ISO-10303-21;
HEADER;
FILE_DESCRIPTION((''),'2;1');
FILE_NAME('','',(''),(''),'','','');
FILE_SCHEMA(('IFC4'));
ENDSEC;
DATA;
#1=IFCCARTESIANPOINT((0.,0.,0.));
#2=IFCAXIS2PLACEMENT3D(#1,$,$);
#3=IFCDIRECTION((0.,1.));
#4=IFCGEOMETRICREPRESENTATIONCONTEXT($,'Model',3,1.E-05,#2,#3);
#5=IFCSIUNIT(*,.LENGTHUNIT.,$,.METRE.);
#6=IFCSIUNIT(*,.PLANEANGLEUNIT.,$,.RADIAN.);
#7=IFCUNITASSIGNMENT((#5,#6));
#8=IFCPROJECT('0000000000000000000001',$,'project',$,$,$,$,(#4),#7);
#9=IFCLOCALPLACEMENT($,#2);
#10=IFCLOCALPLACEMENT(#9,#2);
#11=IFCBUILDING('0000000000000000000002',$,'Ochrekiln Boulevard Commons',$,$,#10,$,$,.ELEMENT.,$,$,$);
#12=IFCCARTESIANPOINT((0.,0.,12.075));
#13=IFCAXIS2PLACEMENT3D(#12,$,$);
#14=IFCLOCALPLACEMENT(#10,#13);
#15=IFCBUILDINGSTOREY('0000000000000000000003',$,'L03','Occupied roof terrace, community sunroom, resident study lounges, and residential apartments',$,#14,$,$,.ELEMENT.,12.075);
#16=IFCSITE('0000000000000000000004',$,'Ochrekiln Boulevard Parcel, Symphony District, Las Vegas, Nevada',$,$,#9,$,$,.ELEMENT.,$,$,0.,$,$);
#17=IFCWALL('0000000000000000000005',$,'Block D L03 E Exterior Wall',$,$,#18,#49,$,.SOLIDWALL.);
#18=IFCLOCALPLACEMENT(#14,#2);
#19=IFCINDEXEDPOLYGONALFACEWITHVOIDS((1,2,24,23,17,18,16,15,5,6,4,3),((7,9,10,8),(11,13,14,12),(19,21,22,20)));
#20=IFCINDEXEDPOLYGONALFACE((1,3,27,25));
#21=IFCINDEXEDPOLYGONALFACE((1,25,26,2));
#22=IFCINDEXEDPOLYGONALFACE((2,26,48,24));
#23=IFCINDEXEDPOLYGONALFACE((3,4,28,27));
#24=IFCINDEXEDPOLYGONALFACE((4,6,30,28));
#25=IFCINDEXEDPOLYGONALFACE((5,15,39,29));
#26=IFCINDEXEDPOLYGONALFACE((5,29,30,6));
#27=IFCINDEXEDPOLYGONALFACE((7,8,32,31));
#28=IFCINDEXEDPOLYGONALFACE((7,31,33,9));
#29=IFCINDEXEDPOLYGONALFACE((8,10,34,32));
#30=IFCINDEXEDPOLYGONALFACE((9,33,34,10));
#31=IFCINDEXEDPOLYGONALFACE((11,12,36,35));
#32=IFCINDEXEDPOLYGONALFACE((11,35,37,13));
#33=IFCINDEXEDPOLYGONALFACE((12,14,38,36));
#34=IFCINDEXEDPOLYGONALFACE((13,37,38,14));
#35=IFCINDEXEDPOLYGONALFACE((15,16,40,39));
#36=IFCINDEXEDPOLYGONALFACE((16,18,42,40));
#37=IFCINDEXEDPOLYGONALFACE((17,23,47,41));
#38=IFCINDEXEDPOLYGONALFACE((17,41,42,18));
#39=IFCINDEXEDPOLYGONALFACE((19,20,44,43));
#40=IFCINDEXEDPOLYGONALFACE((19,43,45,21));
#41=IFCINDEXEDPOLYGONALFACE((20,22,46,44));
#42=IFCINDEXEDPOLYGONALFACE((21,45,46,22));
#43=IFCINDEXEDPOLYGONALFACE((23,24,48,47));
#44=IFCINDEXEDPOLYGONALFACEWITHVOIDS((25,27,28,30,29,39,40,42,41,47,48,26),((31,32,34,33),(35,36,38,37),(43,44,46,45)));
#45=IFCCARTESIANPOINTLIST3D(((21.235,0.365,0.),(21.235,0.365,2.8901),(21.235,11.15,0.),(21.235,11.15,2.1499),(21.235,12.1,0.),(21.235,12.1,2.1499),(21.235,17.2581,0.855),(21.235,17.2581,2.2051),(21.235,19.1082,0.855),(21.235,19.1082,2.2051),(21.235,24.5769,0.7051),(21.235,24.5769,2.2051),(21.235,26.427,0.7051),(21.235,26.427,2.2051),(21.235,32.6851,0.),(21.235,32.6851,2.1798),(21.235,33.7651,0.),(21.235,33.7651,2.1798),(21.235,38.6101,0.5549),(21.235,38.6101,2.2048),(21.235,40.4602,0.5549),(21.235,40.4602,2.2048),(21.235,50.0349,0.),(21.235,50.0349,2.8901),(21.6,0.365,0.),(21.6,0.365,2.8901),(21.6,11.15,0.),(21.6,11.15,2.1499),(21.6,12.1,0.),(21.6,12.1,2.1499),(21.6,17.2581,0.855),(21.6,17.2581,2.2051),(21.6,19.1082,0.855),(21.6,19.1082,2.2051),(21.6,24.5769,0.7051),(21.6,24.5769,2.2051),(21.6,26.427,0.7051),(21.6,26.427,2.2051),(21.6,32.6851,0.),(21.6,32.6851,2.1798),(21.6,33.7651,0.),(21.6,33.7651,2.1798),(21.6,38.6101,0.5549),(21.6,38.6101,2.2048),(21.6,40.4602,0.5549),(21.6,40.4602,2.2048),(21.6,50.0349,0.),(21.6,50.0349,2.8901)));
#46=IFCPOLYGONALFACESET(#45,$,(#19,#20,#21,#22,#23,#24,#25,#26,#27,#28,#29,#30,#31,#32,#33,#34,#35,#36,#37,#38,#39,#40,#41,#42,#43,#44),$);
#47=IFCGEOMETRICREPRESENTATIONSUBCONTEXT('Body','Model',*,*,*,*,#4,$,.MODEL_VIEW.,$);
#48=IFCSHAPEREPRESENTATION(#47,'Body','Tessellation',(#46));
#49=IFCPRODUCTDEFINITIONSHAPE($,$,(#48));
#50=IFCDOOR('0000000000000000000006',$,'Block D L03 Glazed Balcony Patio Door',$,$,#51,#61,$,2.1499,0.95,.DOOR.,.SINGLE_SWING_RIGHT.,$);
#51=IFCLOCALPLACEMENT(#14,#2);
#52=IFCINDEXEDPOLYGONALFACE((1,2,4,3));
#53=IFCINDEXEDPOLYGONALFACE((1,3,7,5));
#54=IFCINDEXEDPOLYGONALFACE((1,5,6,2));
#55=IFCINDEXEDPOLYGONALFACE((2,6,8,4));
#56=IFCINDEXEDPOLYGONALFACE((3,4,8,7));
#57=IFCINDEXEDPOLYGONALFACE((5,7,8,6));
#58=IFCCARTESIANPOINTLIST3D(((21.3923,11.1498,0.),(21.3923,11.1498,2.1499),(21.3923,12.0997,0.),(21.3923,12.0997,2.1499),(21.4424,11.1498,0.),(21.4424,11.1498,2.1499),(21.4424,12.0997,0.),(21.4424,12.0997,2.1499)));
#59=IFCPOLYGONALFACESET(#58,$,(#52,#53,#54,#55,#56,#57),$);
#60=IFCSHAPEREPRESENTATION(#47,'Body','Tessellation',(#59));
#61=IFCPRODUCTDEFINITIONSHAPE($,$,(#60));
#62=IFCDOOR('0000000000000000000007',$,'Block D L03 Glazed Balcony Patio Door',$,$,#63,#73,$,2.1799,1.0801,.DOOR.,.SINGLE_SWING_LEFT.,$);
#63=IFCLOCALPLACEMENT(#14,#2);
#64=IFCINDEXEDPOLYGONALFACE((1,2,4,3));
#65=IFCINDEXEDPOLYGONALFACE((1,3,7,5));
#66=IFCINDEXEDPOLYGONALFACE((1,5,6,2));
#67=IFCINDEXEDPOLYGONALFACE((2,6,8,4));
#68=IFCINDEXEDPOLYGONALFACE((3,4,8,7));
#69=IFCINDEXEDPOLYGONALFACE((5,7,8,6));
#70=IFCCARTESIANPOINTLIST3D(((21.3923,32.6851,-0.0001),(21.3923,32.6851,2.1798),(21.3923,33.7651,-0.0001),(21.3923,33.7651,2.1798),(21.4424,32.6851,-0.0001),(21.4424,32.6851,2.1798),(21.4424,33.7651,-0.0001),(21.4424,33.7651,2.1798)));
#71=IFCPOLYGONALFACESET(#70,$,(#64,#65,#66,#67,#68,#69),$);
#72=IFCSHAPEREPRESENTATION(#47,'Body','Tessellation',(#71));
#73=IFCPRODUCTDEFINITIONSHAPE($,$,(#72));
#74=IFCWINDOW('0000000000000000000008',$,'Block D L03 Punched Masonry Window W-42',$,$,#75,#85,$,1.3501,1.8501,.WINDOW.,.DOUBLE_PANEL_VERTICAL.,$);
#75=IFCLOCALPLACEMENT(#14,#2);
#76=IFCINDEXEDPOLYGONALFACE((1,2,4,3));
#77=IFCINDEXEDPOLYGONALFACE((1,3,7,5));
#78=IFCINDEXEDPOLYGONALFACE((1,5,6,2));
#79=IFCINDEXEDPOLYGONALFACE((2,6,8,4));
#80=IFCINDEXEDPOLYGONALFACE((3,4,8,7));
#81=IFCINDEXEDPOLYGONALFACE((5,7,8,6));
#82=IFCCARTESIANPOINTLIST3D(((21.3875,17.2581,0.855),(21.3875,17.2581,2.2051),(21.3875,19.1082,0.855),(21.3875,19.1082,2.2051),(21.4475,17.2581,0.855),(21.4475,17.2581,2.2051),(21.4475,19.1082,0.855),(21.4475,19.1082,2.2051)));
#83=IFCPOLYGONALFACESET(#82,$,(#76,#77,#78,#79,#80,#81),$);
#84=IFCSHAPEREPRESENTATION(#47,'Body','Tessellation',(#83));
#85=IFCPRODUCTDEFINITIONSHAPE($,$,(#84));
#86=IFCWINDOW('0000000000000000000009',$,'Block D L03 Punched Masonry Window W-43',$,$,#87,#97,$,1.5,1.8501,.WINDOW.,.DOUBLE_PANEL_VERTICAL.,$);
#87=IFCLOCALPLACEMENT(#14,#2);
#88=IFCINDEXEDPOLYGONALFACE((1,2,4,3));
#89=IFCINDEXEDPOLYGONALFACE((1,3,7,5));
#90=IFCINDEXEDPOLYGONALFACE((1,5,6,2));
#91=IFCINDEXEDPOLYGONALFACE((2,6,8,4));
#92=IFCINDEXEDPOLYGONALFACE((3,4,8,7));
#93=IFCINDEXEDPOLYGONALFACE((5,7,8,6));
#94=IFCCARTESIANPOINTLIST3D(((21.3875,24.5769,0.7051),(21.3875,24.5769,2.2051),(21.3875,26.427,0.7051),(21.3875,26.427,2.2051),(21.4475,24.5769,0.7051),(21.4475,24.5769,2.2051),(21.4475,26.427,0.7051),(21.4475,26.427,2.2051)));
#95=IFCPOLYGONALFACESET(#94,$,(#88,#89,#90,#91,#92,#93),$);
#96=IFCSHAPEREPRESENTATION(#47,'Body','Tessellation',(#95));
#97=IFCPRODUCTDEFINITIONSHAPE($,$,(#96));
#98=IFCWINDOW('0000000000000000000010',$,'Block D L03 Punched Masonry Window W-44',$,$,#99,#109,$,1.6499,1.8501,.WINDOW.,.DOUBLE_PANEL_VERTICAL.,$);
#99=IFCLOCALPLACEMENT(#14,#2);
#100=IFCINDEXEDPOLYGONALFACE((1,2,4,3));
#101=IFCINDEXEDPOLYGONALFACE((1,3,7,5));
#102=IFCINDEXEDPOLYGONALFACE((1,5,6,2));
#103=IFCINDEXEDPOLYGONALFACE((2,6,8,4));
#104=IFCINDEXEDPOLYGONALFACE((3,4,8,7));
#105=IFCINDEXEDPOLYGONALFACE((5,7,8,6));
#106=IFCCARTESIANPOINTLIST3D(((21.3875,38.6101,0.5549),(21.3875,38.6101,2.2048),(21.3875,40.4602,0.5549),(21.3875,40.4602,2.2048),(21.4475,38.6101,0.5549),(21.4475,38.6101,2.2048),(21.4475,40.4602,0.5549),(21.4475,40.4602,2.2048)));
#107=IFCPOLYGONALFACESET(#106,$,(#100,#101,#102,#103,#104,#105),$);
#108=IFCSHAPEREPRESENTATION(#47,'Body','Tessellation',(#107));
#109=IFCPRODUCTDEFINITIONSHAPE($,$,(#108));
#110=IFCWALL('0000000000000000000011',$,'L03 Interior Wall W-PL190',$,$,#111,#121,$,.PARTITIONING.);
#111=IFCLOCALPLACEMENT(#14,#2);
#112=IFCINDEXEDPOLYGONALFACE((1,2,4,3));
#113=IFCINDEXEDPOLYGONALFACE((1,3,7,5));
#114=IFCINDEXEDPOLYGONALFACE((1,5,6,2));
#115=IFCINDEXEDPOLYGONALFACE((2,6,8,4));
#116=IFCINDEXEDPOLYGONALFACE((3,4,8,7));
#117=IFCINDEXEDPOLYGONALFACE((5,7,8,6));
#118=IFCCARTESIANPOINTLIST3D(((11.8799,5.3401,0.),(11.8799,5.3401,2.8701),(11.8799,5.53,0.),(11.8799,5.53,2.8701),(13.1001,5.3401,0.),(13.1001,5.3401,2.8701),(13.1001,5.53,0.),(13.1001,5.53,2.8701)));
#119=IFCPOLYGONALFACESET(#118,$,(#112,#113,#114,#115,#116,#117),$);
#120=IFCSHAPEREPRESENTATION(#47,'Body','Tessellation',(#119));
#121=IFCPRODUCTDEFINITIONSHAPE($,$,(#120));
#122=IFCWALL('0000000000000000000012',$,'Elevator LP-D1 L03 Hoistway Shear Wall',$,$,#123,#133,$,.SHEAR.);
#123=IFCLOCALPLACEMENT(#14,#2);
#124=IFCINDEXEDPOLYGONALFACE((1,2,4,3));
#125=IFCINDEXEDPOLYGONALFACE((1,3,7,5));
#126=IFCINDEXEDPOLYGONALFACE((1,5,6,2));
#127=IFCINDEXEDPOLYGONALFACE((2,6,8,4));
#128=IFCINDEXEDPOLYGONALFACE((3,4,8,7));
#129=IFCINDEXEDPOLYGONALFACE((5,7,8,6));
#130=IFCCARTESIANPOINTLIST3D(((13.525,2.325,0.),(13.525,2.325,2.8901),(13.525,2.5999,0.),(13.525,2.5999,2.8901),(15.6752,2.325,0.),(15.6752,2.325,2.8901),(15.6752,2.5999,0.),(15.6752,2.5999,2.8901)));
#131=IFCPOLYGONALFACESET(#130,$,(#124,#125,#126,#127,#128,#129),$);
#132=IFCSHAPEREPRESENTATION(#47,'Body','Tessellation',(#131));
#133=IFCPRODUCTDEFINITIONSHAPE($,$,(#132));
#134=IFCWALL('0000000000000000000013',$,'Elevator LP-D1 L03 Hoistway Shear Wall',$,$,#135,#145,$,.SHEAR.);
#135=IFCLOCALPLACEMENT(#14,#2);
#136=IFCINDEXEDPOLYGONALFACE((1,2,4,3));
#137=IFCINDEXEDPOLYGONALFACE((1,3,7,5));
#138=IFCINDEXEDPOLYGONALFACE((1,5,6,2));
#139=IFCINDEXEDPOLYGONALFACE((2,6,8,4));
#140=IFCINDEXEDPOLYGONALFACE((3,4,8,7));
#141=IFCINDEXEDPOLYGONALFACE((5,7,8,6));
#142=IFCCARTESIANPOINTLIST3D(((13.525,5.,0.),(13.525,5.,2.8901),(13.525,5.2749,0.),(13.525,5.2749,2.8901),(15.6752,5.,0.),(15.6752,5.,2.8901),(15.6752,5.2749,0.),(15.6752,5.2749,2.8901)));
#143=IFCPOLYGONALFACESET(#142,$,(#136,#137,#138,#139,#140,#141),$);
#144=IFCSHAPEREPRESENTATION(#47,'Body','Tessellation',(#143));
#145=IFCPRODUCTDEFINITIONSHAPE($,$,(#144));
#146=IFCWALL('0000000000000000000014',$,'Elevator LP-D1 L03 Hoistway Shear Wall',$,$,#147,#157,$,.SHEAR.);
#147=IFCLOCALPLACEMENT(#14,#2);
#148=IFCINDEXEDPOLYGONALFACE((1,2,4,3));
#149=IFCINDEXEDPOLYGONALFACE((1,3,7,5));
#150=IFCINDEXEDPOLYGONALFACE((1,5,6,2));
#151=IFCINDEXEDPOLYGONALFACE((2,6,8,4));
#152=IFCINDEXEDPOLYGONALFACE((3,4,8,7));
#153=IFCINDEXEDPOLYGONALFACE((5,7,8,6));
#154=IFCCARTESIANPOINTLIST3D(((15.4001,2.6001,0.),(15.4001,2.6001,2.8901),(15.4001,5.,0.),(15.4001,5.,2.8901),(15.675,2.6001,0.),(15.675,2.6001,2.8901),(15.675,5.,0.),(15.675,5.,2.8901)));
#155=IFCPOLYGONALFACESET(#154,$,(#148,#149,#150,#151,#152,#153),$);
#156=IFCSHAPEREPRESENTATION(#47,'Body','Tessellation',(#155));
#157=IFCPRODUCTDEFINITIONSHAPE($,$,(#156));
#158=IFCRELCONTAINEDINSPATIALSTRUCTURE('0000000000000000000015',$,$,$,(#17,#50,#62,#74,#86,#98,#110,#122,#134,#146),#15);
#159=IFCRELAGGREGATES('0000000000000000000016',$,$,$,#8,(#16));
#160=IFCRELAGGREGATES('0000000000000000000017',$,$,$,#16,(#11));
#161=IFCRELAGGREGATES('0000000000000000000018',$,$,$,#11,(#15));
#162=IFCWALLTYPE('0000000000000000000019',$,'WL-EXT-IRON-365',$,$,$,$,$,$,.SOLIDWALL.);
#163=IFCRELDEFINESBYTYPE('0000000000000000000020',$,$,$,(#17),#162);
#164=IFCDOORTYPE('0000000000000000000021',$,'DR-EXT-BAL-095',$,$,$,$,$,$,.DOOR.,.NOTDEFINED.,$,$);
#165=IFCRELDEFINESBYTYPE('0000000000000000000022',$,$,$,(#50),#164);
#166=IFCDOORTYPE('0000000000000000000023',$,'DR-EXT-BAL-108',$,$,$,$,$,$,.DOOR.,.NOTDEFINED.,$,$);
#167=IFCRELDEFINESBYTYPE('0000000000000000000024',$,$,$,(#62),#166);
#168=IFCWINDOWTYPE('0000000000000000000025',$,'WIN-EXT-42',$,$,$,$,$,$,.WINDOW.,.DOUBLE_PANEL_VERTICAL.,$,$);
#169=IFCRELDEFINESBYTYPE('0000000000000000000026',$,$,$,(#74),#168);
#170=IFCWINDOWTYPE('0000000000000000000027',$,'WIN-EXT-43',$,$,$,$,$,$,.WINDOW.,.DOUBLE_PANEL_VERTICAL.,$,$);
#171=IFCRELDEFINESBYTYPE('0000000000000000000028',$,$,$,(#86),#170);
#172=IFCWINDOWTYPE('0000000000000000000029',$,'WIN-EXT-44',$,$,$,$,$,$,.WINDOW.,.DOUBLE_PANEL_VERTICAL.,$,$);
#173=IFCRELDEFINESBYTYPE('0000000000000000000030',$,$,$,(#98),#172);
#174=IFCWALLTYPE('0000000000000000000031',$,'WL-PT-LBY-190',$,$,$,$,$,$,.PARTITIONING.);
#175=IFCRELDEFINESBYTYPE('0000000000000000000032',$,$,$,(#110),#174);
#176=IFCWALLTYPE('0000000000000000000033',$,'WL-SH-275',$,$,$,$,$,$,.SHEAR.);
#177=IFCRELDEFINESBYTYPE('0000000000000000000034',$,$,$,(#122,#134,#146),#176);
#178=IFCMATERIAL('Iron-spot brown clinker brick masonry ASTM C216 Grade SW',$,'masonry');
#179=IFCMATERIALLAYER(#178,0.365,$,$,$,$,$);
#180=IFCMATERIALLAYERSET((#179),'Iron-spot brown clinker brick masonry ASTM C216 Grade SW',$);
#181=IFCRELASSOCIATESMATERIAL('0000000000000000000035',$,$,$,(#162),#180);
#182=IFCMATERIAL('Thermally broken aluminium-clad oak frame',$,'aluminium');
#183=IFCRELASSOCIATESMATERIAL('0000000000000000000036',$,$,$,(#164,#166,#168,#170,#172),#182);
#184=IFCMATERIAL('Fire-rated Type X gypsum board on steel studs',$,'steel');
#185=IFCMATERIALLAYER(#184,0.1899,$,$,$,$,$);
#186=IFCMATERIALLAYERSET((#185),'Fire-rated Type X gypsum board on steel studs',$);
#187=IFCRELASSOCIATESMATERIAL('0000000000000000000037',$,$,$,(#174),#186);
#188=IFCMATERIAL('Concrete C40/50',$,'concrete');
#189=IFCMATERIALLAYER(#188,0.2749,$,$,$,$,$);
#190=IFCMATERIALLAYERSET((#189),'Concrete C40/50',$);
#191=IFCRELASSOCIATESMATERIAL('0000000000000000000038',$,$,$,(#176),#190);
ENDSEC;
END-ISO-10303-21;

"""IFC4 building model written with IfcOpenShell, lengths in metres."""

from ifc_helpers import new_model, si_unit, direction, frame, frame_2d, origin, place, context, subcontext, project, spatial, rectangle, extrude, material, layer, layer_set, type_object, element, fill, save


model = new_model("IFC4")

# Units and contexts
model_context = context("Model", 3, precision=1e-05, world=origin(), true_north=direction((0.0, 1.0)))
body_context = subcontext(model_context, "Body", "Model", "MODEL_VIEW")
ifc_project = project(units=[si_unit("LENGTHUNIT", "METRE"), si_unit("PLANEANGLEUNIT", "RADIAN")], contexts=[model_context])

# Site, building, storey
site_placement = place(None, origin())
site = spatial("IfcSite", under=ifc_project, at=site_placement, Name="Ochrekiln Boulevard Parcel, Symphony District, Las Vegas, Nevada", CompositionType="ELEMENT", RefElevation=0.0)
building_placement = place(site_placement, origin())
building = spatial("IfcBuilding", under=site, at=building_placement, Name="Ochrekiln Boulevard Commons", CompositionType="ELEMENT")
storey_placement = place(building_placement, frame((0.0, 0.0, 12.075)))
storey = spatial("IfcBuildingStorey", under=building, at=storey_placement, Name="L03", Description="Occupied roof terrace, community sunroom, resident study lounges, and residential apartments", CompositionType="ELEMENT", Elevation=12.075)

# Shared definitions
ifc_material_1 = material(Name="Concrete C40/50", Category="concrete")

# Wall, openings, doors, windows
ifc_material_2 = material(Name="Iron-spot brown clinker brick masonry ASTM C216 Grade SW", Category="masonry")
ifc_layer_1 = layer(ifc_material_2, 0.365)
ifc_layer_set_1 = layer_set([ifc_layer_1], Name="Iron-spot brown clinker brick masonry ASTM C216 Grade SW")
wall_type_1 = type_object("IfcWallType", Name="WL-EXT-IRON-365", PredefinedType="SOLIDWALL", material=ifc_layer_set_1)
wall_1_placement = place(storey_placement, frame((21.4175, 0.365, 0.0), z_axis=(0.0, 0.0, 1.0), x_axis=(0.0, 1.0, 0.0)))
wall_1 = element("IfcWall", 1, at=wall_1_placement, inside=storey, type_object=wall_type_1, Name="Block D L03 E Exterior Wall", PredefinedType="SOLIDWALL", context=body_context, shape_type="SweptSolid", body=[
    extrude(rectangle(XDim=49.6699, YDim=0.365, at=frame_2d((24.835, 0.0))), origin(), (0.0, 0.0, 1.0), 2.8901),
])
opening_1_placement = place(wall_1_placement, frame((10.7849, 0.0, 0.0)))
opening_1 = element("IfcOpeningElement", 2, at=opening_1_placement, cuts=wall_1, PredefinedType="OPENING", context=body_context, shape_type="SweptSolid", body=[
    extrude(rectangle(XDim=0.95, YDim=2.1499, at=frame_2d((0.4751, 1.075))), frame((0.0, 0.1924, 0.0), z_axis=(0.0, -1.0, 0.0), x_axis=(1.0, 0.0, 0.0)), (0.0, 0.0, 1.0), 0.385),
])
opening_2_placement = place(wall_1_placement, frame((16.8931, 0.0, 0.855)))
opening_2 = element("IfcOpeningElement", 3, at=opening_2_placement, cuts=wall_1, PredefinedType="OPENING", context=body_context, shape_type="SweptSolid", body=[
    extrude(rectangle(XDim=1.8501, YDim=1.3501, at=frame_2d((0.925, 0.675))), frame((0.0, 0.1924, 0.0), z_axis=(0.0, -1.0, 0.0), x_axis=(1.0, 0.0, 0.0)), (0.0, 0.0, 1.0), 0.385),
])
opening_3_placement = place(wall_1_placement, frame((32.3201, 0.0, 0.0)))
opening_3 = element("IfcOpeningElement", 4, at=opening_3_placement, cuts=wall_1, PredefinedType="OPENING", context=body_context, shape_type="SweptSolid", body=[
    extrude(rectangle(XDim=1.0801, YDim=2.1799, at=frame_2d((0.54, 1.0898))), frame((0.0, 0.1924, 0.0), z_axis=(0.0, -1.0, 0.0), x_axis=(1.0, 0.0, 0.0)), (0.0, 0.0, 1.0), 0.385),
])
opening_4_placement = place(wall_1_placement, frame((24.2119, 0.0, 0.7051)))
opening_4 = element("IfcOpeningElement", 5, at=opening_4_placement, cuts=wall_1, PredefinedType="OPENING", context=body_context, shape_type="SweptSolid", body=[
    extrude(rectangle(XDim=1.8501, YDim=1.5, at=frame_2d((0.925, 0.75))), frame((0.0, 0.1924, 0.0), z_axis=(0.0, -1.0, 0.0), x_axis=(1.0, 0.0, 0.0)), (0.0, 0.0, 1.0), 0.385),
])
opening_5_placement = place(wall_1_placement, frame((38.2451, 0.0, 0.5549)))
opening_5 = element("IfcOpeningElement", 6, at=opening_5_placement, cuts=wall_1, PredefinedType="OPENING", context=body_context, shape_type="SweptSolid", body=[
    extrude(rectangle(XDim=1.8501, YDim=1.6499, at=frame_2d((0.925, 0.825))), frame((0.0, 0.1924, 0.0), z_axis=(0.0, -1.0, 0.0), x_axis=(1.0, 0.0, 0.0)), (0.0, 0.0, 1.0), 0.385),
])
ifc_material_3 = material(Name="Thermally broken aluminium-clad oak frame", Category="aluminium")
door_type_1 = type_object("IfcDoorType", Name="DR-EXT-BAL-095", OperationType="NOTDEFINED", PredefinedType="DOOR", material=ifc_material_3)
door_1_placement = place(opening_1_placement, frame((0.95, 0.0, 0.0), z_axis=(0.0, 0.0, 1.0), x_axis=(-1.0, 0.0, 0.0)))
door_1 = element("IfcDoor", 7, at=door_1_placement, inside=storey, type_object=door_type_1, Name="Block D L03 Glazed Balcony Patio Door", OperationType="SINGLE_SWING_RIGHT", OverallHeight=2.1499, OverallWidth=0.95, PredefinedType="DOOR", context=body_context, shape_type="SweptSolid", body=[
    extrude(rectangle(XDim=0.95, YDim=2.1499, at=frame_2d((0.4751, 1.075))), frame((0.0, 0.0249, 0.0), z_axis=(0.0, -1.0, 0.0), x_axis=(1.0, 0.0, 0.0)), (0.0, 0.0, 1.0), 0.05),
])
fill(opening_1, door_1)
door_type_2 = type_object("IfcDoorType", Name="DR-EXT-BAL-108", OperationType="NOTDEFINED", PredefinedType="DOOR", material=ifc_material_3)
door_2_placement = place(opening_3_placement, frame((1.0801, 0.0, 0.0), z_axis=(0.0, 0.0, 1.0), x_axis=(-1.0, 0.0, 0.0)))
door_2 = element("IfcDoor", 8, at=door_2_placement, inside=storey, type_object=door_type_2, Name="Block D L03 Glazed Balcony Patio Door", OperationType="SINGLE_SWING_LEFT", OverallHeight=2.1799, OverallWidth=1.0801, PredefinedType="DOOR", context=body_context, shape_type="SweptSolid", body=[
    extrude(rectangle(XDim=1.0801, YDim=2.1799, at=frame_2d((0.54, 1.0898))), frame((0.0, 0.0249, 0.0), z_axis=(0.0, -1.0, 0.0), x_axis=(1.0, 0.0, 0.0)), (0.0, 0.0, 1.0), 0.05),
])
fill(opening_3, door_2)
window_type_1 = type_object("IfcWindowType", Name="WIN-EXT-42", PartitioningType="DOUBLE_PANEL_VERTICAL", PredefinedType="WINDOW", material=ifc_material_3)
window_1_placement = place(opening_2_placement, origin())
window_1 = element("IfcWindow", 9, at=window_1_placement, inside=storey, type_object=window_type_1, Name="Block D L03 Punched Masonry Window W-42", OverallHeight=1.3501, OverallWidth=1.8501, PartitioningType="DOUBLE_PANEL_VERTICAL", PredefinedType="WINDOW", context=body_context, shape_type="SweptSolid", body=[
    extrude(rectangle(XDim=1.8501, YDim=1.3501, at=frame_2d((0.925, 0.675))), frame((0.0, 0.03, 0.0), z_axis=(0.0, -1.0, 0.0), x_axis=(1.0, 0.0, 0.0)), (0.0, 0.0, 1.0), 0.0601),
])
fill(opening_2, window_1)
window_type_2 = type_object("IfcWindowType", Name="WIN-EXT-43", PartitioningType="DOUBLE_PANEL_VERTICAL", PredefinedType="WINDOW", material=ifc_material_3)
window_2_placement = place(opening_4_placement, origin())
window_2 = element("IfcWindow", 10, at=window_2_placement, inside=storey, type_object=window_type_2, Name="Block D L03 Punched Masonry Window W-43", OverallHeight=1.5, OverallWidth=1.8501, PartitioningType="DOUBLE_PANEL_VERTICAL", PredefinedType="WINDOW", context=body_context, shape_type="SweptSolid", body=[
    extrude(rectangle(XDim=1.8501, YDim=1.5, at=frame_2d((0.925, 0.75))), frame((0.0, 0.03, 0.0), z_axis=(0.0, -1.0, 0.0), x_axis=(1.0, 0.0, 0.0)), (0.0, 0.0, 1.0), 0.0601),
])
fill(opening_4, window_2)
window_type_3 = type_object("IfcWindowType", Name="WIN-EXT-44", PartitioningType="DOUBLE_PANEL_VERTICAL", PredefinedType="WINDOW", material=ifc_material_3)
window_3_placement = place(opening_5_placement, origin())
window_3 = element("IfcWindow", 11, at=window_3_placement, inside=storey, type_object=window_type_3, Name="Block D L03 Punched Masonry Window W-44", OverallHeight=1.6499, OverallWidth=1.8501, PartitioningType="DOUBLE_PANEL_VERTICAL", PredefinedType="WINDOW", context=body_context, shape_type="SweptSolid", body=[
    extrude(rectangle(XDim=1.8501, YDim=1.6499, at=frame_2d((0.925, 0.825))), frame((0.0, 0.03, 0.0), z_axis=(0.0, -1.0, 0.0), x_axis=(1.0, 0.0, 0.0)), (0.0, 0.0, 1.0), 0.0601),
])
fill(opening_5, window_3)

# Walls
ifc_material_4 = material(Name="Fire-rated Type X gypsum board on steel studs", Category="steel")
ifc_layer_2 = layer(ifc_material_4, 0.1899)
ifc_layer_set_2 = layer_set([ifc_layer_2], Name="Fire-rated Type X gypsum board on steel studs")
wall_type_2 = type_object("IfcWallType", Name="WL-PT-LBY-190", PredefinedType="PARTITIONING", material=ifc_layer_set_2)
wall_2_placement = place(storey_placement, frame((11.8799, 5.4351, 0.0), z_axis=(0.0, 0.0, 1.0), x_axis=(1.0, 0.0, 0.0)))
element("IfcWall", 12, at=wall_2_placement, inside=storey, type_object=wall_type_2, Name="L03 Interior Wall W-PL190", PredefinedType="PARTITIONING", context=body_context, shape_type="SweptSolid", body=[
    extrude(rectangle(XDim=1.2202, YDim=0.1899, at=frame_2d((0.6101, 0.0))), origin(), (0.0, 0.0, 1.0), 2.8701),
])
ifc_layer_3 = layer(ifc_material_1, 0.2749)
ifc_layer_set_3 = layer_set([ifc_layer_3], Name="Concrete C40/50")
wall_type_3 = type_object("IfcWallType", Name="WL-SH-275", PredefinedType="SHEAR", material=ifc_layer_set_3)
for number, where, z_axis, x_axis, name in (
    (13, (13.5249, 2.4624, 0.0), (0.0, 0.0, 1.0), (1.0, 0.0, 0.0), "Elevator LP-D1 L03 Hoistway Shear Wall"),
    (14, (13.5249, 5.1375, 0.0), (0.0, 0.0, 1.0), (1.0, 0.0, 0.0), "Elevator LP-D1 L03 Hoistway Shear Wall"),
):
    element("IfcWall", number, at=place(storey_placement, frame(where, z_axis=z_axis, x_axis=x_axis)), inside=storey, type_object=wall_type_3, Name=name, PredefinedType="SHEAR", context=body_context, shape_type="SweptSolid", body=[
        extrude(rectangle(XDim=2.1501, YDim=0.2749, at=frame_2d((1.0752, 0.0))), origin(), (0.0, 0.0, 1.0), 2.8901),
    ])

# Wall
wall_3_placement = place(storey_placement, frame((15.5376, 2.6001, 0.0), z_axis=(0.0, 0.0, 1.0), x_axis=(0.0, 1.0, 0.0)))
element("IfcWall", 15, at=wall_3_placement, inside=storey, type_object=wall_type_3, Name="Elevator LP-D1 L03 Hoistway Shear Wall", PredefinedType="SHEAR", context=body_context, shape_type="SweptSolid", body=[
    extrude(rectangle(XDim=2.3999, YDim=0.2749, at=frame_2d((1.2, 0.0))), origin(), (0.0, 0.0, 1.0), 2.8901),
])

save(model, "model.ifc")
